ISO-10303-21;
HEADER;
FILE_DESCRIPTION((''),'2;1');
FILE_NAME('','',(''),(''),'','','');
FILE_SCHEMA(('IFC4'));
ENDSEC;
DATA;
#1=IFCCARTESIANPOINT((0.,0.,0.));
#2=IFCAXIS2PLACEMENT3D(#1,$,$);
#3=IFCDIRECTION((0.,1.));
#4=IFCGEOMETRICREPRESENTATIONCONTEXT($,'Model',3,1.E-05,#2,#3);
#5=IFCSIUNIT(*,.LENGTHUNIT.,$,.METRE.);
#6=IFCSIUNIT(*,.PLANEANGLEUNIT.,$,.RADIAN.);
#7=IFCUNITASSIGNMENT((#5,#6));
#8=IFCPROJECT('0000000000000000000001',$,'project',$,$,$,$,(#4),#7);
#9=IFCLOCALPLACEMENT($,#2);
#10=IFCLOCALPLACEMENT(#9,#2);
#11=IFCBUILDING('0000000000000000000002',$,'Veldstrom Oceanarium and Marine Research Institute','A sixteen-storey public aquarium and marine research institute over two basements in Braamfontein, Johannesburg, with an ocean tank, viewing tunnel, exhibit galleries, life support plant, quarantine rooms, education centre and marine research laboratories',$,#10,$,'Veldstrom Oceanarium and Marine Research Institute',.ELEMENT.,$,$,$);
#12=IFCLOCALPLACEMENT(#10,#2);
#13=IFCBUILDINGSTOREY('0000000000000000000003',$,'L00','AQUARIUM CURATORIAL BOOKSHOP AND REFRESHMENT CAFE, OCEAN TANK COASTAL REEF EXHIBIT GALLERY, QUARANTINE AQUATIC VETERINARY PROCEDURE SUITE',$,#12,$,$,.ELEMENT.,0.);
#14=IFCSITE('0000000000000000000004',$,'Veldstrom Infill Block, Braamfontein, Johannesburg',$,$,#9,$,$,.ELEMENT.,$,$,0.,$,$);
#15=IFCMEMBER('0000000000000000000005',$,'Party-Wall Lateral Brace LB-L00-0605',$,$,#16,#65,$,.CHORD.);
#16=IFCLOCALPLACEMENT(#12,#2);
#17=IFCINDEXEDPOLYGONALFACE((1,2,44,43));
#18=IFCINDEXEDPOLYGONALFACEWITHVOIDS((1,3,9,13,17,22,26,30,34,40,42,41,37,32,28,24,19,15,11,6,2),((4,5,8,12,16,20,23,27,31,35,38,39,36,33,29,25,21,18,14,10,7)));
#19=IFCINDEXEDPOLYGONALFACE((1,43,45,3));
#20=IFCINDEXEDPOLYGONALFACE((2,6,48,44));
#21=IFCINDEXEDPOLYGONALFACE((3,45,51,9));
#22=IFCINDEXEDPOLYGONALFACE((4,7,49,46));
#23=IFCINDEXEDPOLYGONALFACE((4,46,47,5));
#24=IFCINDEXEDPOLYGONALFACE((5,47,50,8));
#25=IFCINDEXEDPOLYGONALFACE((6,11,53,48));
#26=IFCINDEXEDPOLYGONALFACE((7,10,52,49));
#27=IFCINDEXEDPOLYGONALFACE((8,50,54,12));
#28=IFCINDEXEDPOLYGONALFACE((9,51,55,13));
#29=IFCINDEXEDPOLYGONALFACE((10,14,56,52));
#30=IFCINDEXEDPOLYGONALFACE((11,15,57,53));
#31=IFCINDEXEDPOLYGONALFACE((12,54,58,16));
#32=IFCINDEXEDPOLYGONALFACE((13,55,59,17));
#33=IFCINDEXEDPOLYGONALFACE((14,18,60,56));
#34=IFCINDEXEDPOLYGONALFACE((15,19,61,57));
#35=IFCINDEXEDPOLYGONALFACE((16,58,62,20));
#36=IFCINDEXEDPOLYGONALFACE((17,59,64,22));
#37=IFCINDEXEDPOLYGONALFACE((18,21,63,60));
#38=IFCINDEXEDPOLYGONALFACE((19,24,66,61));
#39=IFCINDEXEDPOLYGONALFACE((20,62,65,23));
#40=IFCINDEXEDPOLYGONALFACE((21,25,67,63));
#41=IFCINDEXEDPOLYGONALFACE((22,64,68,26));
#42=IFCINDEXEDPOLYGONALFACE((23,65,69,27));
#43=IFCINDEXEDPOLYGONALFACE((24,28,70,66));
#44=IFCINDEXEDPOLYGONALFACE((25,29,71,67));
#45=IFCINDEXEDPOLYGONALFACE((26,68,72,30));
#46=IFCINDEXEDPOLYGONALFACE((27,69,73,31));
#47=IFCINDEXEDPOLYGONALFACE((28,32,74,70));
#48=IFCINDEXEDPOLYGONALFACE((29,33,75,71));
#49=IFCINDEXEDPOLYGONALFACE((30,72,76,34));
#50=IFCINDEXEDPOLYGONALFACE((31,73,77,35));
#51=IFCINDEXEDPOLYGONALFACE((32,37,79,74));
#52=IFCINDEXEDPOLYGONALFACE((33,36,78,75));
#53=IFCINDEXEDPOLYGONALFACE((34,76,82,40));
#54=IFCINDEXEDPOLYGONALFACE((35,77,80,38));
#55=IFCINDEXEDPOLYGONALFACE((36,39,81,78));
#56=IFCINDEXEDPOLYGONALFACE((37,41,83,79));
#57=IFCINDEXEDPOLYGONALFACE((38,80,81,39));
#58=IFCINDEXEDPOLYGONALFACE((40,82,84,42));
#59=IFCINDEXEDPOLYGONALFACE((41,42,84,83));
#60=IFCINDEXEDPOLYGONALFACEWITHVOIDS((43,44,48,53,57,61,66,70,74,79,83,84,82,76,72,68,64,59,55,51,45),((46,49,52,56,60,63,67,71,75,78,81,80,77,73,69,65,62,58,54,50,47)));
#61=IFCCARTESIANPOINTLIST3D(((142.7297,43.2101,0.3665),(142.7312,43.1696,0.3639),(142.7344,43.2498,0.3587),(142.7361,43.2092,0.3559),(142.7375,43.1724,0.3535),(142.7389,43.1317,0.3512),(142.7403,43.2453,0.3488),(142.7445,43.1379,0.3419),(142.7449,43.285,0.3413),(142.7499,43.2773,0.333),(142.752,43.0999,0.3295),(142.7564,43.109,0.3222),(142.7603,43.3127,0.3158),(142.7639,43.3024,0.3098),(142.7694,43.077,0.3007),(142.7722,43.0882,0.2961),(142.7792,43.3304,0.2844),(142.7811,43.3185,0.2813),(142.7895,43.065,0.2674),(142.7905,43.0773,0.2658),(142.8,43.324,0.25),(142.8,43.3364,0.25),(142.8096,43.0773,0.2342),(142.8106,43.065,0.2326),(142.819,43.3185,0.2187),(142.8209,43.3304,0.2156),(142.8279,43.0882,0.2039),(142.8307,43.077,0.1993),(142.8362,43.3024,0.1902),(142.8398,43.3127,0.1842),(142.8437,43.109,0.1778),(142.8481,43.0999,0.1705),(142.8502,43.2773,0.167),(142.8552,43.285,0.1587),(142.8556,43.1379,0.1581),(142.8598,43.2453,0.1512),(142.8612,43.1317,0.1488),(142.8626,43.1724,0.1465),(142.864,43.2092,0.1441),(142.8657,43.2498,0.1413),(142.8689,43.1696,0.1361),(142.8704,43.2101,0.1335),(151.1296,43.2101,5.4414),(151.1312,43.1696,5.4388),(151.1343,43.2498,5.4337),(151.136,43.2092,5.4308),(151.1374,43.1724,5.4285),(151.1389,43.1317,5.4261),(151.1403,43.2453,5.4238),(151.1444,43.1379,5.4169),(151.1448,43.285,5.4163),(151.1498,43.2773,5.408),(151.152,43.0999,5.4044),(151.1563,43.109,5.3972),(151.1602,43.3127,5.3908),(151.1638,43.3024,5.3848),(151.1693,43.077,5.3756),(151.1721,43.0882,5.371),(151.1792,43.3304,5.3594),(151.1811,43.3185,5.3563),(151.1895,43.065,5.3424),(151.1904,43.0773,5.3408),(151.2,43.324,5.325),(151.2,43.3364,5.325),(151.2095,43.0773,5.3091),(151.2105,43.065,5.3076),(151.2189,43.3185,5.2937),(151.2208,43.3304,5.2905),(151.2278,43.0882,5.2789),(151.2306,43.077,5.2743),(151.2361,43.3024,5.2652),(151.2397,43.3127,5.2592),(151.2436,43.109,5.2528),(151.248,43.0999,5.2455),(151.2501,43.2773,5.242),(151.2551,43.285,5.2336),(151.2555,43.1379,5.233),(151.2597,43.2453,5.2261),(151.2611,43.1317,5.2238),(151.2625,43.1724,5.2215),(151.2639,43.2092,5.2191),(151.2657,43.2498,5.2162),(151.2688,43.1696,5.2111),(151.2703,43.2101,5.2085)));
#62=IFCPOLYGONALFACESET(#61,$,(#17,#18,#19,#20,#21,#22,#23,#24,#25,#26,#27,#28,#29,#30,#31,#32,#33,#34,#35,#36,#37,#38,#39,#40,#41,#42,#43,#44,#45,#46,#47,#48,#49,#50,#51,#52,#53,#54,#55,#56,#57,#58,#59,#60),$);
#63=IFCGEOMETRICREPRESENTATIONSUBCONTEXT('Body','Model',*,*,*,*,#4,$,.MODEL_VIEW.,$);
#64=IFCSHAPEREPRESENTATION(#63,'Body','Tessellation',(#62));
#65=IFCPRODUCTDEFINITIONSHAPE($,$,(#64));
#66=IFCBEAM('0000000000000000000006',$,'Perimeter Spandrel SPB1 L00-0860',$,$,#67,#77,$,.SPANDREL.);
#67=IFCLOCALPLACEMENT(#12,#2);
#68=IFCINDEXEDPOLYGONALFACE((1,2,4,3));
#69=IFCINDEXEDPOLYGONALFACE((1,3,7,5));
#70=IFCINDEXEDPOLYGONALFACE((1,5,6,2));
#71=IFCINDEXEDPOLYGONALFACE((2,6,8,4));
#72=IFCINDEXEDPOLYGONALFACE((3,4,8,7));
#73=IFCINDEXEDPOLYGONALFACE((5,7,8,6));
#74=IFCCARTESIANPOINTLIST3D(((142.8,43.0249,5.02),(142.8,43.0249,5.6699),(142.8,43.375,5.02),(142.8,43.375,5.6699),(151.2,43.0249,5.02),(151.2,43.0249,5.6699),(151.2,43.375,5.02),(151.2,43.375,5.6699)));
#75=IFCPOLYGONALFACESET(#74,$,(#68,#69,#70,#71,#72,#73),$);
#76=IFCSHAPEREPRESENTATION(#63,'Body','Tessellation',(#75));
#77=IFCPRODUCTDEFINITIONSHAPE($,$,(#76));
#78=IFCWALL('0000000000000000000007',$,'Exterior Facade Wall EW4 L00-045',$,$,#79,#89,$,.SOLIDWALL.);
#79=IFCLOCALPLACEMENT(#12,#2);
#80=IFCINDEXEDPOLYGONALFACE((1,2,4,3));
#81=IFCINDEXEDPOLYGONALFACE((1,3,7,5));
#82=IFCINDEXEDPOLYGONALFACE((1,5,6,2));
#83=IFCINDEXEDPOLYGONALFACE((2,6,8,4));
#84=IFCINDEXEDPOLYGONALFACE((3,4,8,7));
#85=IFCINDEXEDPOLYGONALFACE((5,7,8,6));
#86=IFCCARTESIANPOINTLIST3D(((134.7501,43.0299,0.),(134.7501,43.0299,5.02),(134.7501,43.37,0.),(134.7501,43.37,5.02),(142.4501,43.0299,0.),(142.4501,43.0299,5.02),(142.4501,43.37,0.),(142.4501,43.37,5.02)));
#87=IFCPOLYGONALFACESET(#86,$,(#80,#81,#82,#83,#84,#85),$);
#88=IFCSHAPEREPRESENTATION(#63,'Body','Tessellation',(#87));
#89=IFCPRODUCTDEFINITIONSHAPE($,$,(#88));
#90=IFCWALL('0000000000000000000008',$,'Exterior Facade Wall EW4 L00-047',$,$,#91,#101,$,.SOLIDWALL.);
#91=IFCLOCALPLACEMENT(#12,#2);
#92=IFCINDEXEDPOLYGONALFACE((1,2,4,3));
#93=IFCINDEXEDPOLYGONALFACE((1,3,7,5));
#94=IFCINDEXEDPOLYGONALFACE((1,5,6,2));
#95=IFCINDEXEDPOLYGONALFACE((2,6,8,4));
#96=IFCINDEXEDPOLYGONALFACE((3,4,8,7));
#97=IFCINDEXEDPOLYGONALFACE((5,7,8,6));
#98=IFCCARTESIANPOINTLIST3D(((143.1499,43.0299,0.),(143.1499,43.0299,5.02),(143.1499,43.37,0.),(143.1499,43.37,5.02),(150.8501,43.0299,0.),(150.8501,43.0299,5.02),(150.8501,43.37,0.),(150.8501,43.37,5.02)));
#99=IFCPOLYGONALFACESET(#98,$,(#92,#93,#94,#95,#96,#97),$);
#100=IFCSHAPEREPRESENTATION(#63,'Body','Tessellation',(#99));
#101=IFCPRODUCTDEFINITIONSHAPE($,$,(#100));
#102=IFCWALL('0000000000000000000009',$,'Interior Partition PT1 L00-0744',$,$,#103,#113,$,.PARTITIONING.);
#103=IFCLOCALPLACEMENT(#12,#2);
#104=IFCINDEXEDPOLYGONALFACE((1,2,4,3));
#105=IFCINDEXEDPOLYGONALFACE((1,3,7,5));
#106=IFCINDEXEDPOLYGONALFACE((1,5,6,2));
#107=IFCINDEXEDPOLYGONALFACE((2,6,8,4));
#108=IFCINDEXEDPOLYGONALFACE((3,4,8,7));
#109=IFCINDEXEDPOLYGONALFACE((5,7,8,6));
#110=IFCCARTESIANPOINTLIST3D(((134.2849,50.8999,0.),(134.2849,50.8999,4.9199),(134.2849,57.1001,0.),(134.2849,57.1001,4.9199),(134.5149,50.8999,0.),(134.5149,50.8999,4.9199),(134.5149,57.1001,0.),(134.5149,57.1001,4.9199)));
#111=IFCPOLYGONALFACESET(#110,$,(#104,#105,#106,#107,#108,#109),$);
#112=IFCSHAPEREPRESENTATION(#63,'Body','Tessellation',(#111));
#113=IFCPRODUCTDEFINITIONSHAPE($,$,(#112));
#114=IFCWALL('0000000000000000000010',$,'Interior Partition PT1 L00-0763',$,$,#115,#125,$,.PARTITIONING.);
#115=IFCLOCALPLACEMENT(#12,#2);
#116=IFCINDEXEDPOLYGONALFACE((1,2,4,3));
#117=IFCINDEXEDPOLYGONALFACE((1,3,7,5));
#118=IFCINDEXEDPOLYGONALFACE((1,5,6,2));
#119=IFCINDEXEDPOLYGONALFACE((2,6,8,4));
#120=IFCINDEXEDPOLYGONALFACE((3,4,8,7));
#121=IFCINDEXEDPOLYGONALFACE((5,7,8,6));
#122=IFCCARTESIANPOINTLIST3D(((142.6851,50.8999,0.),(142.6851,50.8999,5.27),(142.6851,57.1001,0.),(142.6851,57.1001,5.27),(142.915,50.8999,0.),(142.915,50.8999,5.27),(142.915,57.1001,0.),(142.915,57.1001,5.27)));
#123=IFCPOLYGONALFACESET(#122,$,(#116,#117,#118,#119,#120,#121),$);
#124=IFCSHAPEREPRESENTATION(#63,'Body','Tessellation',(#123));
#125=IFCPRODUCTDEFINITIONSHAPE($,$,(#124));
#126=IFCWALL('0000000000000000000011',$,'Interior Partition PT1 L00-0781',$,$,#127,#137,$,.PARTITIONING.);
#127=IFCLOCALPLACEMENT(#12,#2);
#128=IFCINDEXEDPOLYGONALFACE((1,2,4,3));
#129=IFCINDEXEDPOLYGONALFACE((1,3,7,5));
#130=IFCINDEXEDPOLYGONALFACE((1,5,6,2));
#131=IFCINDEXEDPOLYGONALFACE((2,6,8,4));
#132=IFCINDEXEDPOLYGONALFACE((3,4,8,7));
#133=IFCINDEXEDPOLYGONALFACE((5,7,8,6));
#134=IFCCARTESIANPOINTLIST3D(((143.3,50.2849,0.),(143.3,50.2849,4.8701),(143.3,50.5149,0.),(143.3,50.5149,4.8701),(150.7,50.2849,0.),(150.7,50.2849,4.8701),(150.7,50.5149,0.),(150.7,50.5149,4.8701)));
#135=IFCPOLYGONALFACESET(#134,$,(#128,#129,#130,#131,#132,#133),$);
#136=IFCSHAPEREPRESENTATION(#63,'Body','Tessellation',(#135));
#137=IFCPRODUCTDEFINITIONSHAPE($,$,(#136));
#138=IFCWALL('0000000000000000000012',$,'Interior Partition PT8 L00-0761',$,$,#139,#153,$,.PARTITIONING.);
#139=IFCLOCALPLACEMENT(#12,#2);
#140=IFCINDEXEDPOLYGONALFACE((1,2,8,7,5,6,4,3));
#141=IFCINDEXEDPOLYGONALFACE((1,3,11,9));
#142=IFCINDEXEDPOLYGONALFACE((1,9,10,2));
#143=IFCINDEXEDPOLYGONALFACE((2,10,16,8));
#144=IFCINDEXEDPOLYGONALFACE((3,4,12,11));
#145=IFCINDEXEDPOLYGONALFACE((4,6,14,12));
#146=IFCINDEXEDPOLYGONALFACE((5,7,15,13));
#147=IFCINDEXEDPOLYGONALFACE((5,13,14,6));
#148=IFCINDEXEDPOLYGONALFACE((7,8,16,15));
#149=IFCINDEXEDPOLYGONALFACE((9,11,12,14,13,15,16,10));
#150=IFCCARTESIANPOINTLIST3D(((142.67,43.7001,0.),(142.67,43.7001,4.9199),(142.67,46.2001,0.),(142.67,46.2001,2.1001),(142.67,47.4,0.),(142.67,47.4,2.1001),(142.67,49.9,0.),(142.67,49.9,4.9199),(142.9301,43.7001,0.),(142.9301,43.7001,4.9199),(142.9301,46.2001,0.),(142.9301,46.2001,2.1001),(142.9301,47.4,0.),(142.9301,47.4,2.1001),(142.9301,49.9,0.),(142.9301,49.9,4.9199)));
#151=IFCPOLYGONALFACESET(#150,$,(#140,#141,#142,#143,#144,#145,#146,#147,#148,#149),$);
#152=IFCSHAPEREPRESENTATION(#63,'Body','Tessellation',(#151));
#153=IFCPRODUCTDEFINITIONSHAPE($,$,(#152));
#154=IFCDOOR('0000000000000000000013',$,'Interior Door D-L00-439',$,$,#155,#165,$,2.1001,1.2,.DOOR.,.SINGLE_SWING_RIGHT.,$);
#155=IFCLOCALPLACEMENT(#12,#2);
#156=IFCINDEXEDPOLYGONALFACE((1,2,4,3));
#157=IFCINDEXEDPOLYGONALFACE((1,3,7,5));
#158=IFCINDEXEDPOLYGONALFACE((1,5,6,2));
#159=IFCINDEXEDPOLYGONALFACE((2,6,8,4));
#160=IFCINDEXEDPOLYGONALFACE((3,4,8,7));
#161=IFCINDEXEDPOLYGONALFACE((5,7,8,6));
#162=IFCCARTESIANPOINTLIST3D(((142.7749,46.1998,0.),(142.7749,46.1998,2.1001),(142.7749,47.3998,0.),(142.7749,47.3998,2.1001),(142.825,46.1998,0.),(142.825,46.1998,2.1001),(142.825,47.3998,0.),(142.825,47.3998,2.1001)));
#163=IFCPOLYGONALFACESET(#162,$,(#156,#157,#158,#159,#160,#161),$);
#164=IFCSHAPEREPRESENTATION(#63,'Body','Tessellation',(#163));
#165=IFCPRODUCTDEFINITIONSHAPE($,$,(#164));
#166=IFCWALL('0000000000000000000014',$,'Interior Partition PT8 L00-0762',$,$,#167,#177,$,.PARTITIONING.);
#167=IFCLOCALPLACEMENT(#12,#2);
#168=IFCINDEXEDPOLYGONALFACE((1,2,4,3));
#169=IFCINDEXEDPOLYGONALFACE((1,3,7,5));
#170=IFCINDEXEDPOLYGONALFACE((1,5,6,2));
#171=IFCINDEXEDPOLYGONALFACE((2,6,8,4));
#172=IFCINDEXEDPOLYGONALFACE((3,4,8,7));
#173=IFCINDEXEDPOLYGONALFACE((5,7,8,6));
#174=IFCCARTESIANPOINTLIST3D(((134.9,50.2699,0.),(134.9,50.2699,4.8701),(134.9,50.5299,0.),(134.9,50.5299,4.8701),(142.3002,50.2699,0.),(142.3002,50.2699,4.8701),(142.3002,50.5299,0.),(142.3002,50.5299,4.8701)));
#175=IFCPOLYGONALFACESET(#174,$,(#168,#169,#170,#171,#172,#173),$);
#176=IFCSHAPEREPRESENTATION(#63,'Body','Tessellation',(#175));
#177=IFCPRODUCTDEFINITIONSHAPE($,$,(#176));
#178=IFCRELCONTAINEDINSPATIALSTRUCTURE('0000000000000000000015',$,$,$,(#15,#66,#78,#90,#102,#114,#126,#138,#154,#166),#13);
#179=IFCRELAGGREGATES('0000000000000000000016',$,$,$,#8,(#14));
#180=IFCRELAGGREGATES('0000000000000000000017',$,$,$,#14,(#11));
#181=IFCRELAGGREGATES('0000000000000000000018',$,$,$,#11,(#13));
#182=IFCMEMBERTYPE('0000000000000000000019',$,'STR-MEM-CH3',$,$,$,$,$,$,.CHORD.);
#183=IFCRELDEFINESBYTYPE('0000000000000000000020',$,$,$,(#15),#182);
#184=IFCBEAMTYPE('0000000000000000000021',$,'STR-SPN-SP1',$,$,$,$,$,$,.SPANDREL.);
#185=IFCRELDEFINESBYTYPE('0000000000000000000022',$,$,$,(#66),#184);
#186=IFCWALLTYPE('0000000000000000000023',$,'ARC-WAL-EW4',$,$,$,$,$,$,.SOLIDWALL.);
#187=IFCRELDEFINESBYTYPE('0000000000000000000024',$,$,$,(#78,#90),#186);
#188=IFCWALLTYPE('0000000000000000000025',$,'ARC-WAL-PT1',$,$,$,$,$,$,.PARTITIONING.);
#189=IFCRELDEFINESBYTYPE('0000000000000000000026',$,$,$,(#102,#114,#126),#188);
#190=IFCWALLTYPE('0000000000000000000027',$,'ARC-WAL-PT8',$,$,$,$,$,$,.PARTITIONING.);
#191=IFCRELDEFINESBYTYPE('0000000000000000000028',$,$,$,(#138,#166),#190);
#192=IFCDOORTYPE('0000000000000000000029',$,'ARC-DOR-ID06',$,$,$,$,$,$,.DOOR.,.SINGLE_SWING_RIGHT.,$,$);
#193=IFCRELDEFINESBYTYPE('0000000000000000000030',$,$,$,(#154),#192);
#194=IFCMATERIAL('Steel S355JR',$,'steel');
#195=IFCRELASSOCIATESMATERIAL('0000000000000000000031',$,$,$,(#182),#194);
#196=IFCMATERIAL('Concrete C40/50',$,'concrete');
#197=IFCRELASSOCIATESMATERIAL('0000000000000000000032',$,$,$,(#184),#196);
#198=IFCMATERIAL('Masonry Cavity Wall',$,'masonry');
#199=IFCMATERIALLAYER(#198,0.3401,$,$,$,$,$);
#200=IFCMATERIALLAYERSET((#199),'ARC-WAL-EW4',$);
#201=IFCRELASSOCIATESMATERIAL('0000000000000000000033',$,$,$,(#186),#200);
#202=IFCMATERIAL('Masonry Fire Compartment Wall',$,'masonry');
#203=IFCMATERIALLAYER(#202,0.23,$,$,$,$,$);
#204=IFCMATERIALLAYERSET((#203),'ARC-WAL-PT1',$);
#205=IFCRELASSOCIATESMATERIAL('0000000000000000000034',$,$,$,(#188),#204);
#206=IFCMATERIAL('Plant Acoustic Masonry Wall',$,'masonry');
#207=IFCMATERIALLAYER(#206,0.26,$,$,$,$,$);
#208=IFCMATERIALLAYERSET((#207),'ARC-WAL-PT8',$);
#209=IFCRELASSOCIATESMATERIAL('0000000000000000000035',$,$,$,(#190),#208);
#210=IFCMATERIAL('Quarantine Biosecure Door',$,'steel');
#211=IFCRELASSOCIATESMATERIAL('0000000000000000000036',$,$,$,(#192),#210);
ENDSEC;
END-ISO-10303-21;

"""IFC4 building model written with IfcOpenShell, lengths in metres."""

from ifc_helpers import new_model, si_unit, direction, frame, frame_2d, origin, origin_2d, place, context, subcontext, project, spatial, rectangle, hollow_circle, extrude, material, layer, layer_set, material_profile, profile_set, type_object, element, fill, save


model = new_model("IFC4")

# Units and contexts
model_context = context("Model", 3, precision=1e-05, world=origin(), true_north=direction((0.0, 1.0)))
body_context = subcontext(model_context, "Body", "Model", "MODEL_VIEW")
ifc_project = project(units=[si_unit("LENGTHUNIT", "METRE"), si_unit("PLANEANGLEUNIT", "RADIAN")], contexts=[model_context])

# Site, building, storey
site_placement = place(None, origin())
site = spatial("IfcSite", under=ifc_project, at=site_placement, Name="Veldstrom Infill Block, Braamfontein, Johannesburg", CompositionType="ELEMENT", RefElevation=0.0)
building_placement = place(site_placement, origin())
building = spatial("IfcBuilding", under=site, at=building_placement, Name="Veldstrom Oceanarium and Marine Research Institute", Description="A sixteen-storey public aquarium and marine research institute over two basements in Braamfontein, Johannesburg, with an ocean tank, viewing tunnel, exhibit galleries, life support plant, quarantine rooms, education centre and marine research laboratories", LongName="Veldstrom Oceanarium and Marine Research Institute", CompositionType="ELEMENT")
storey_placement = place(building_placement, origin())
storey = spatial("IfcBuildingStorey", under=building, at=storey_placement, Name="L00", Description="AQUARIUM CURATORIAL BOOKSHOP AND REFRESHMENT CAFE, OCEAN TANK COASTAL REEF EXHIBIT GALLERY, QUARANTINE AQUATIC VETERINARY PROCEDURE SUITE", CompositionType="ELEMENT", Elevation=0.0)

# Member
ifc_material_1 = material(Name="Steel S355JR", Category="steel")
ifc_material_profile_1 = material_profile(ifc_material_1, hollow_circle(Radius=0.1365, WallThickness=0.0125, at=origin_2d()), Name="CHS 273x12.5")
ifc_profile_set_1 = profile_set([ifc_material_profile_1], Name="Steel S355JR")
member_type = type_object("IfcMemberType", Name="STR-MEM-CH3", PredefinedType="CHORD", material=ifc_profile_set_1)
member_placement = place(storey_placement, frame((142.8, 43.2, 0.25), z_axis=(0.855915, 0.0, 0.517116), x_axis=(0.0, 1.0, 0.0)))
element("IfcMember", 1, at=member_placement, inside=storey, type_object=member_type, Name="Party-Wall Lateral Brace LB-L00-0605", PredefinedType="CHORD", context=body_context, shape_type="SweptSolid", body=[
    extrude(hollow_circle(Radius=0.1365, WallThickness=0.0125, at=origin_2d()), origin(), (0.0, 0.0, 1.0), 9.814),
])

# Beam
ifc_material_2 = material(Name="Concrete C40/50", Category="concrete")
ifc_material_profile_2 = material_profile(ifc_material_2, rectangle(XDim=0.3501, YDim=0.6499, at=origin_2d()), Name="RC-SPN-350x650")
ifc_profile_set_2 = profile_set([ifc_material_profile_2], Name="Concrete C40/50")
beam_type_1 = type_object("IfcBeamType", Name="STR-SPN-SP1", PredefinedType="SPANDREL", material=ifc_profile_set_2)
beam_1_placement = place(storey_placement, frame((142.8, 43.2, 5.345), z_axis=(1.0, 0.0, 0.0), x_axis=(0.0, 1.0, 0.0)))
element("IfcBeam", 2, at=beam_1_placement, inside=storey, type_object=beam_type_1, Name="Perimeter Spandrel SPB1 L00-0860", PredefinedType="SPANDREL", context=body_context, shape_type="SweptSolid", body=[
    extrude(rectangle(XDim=0.3501, YDim=0.6499, at=origin_2d()), origin(), (0.0, 0.0, 1.0), 8.3999),
])

# Walls
ifc_material_3 = material(Name="Masonry Cavity Wall", Category="masonry")
ifc_layer_1 = layer(ifc_material_3, 0.3401)
ifc_layer_set_1 = layer_set([ifc_layer_1], Name="ARC-WAL-EW4")
wall_type_1 = type_object("IfcWallType", Name="ARC-WAL-EW4", PredefinedType="SOLIDWALL", material=ifc_layer_set_1)
wall_1_placement = place(storey_placement, frame((134.75, 43.2, 0.0), z_axis=(0.0, 0.0, 1.0), x_axis=(1.0, 0.0, 0.0)))
element("IfcWall", 3, at=wall_1_placement, inside=storey, type_object=wall_type_1, Name="Exterior Facade Wall EW4 L00-045", PredefinedType="SOLIDWALL", context=body_context, shape_type="SweptSolid", body=[
    extrude(rectangle(XDim=7.7, YDim=0.3401, at=frame_2d((3.8501, 0.0))), origin(), (0.0, 0.0, 1.0), 5.02),
])
wall_2_placement = place(storey_placement, frame((143.1499, 43.2, 0.0), z_axis=(0.0, 0.0, 1.0), x_axis=(1.0, 0.0, 0.0)))
element("IfcWall", 4, at=wall_2_placement, inside=storey, type_object=wall_type_1, Name="Exterior Facade Wall EW4 L00-047", PredefinedType="SOLIDWALL", context=body_context, shape_type="SweptSolid", body=[
    extrude(rectangle(XDim=7.7002, YDim=0.3401, at=frame_2d((3.8501, 0.0))), origin(), (0.0, 0.0, 1.0), 5.02),
])
ifc_material_4 = material(Name="Masonry Fire Compartment Wall", Category="masonry")
ifc_layer_2 = layer(ifc_material_4, 0.23)
ifc_layer_set_2 = layer_set([ifc_layer_2], Name="ARC-WAL-PT1")
wall_type_2 = type_object("IfcWallType", Name="ARC-WAL-PT1", PredefinedType="PARTITIONING", material=ifc_layer_set_2)
wall_3_placement = place(storey_placement, frame((134.3999, 50.8999, 0.0), z_axis=(0.0, 0.0, 1.0), x_axis=(0.0, 1.0, 0.0)))
element("IfcWall", 5, at=wall_3_placement, inside=storey, type_object=wall_type_2, Name="Interior Partition PT1 L00-0744", PredefinedType="PARTITIONING", context=body_context, shape_type="SweptSolid", body=[
    extrude(rectangle(XDim=6.2002, YDim=0.23, at=frame_2d((3.1001, 0.0))), origin(), (0.0, 0.0, 1.0), 4.9199),
])
wall_4_placement = place(storey_placement, frame((142.8, 50.8999, 0.0), z_axis=(0.0, 0.0, 1.0), x_axis=(0.0, 1.0, 0.0)))
element("IfcWall", 6, at=wall_4_placement, inside=storey, type_object=wall_type_2, Name="Interior Partition PT1 L00-0763", PredefinedType="PARTITIONING", context=body_context, shape_type="SweptSolid", body=[
    extrude(rectangle(XDim=6.2002, YDim=0.23, at=frame_2d((3.1001, 0.0))), origin(), (0.0, 0.0, 1.0), 5.27),
])
wall_5_placement = place(storey_placement, frame((143.3, 50.3999, 0.0), z_axis=(0.0, 0.0, 1.0), x_axis=(1.0, 0.0, 0.0)))
element("IfcWall", 7, at=wall_5_placement, inside=storey, type_object=wall_type_2, Name="Interior Partition PT1 L00-0781", PredefinedType="PARTITIONING", context=body_context, shape_type="SweptSolid", body=[
    extrude(rectangle(XDim=7.3999, YDim=0.23, at=frame_2d((3.7, 0.0))), origin(), (0.0, 0.0, 1.0), 4.8701),
])

# Wall, opening, door
ifc_material_5 = material(Name="Plant Acoustic Masonry Wall", Category="masonry")
ifc_layer_3 = layer(ifc_material_5, 0.26)
ifc_layer_set_3 = layer_set([ifc_layer_3], Name="ARC-WAL-PT8")
wall_type_3 = type_object("IfcWallType", Name="ARC-WAL-PT8", PredefinedType="PARTITIONING", material=ifc_layer_set_3)
wall_6_placement = place(storey_placement, frame((142.8, 43.7, 0.0), z_axis=(0.0, 0.0, 1.0), x_axis=(0.0, 1.0, 0.0)))
wall_6 = element("IfcWall", 8, at=wall_6_placement, inside=storey, type_object=wall_type_3, Name="Interior Partition PT8 L00-0761", PredefinedType="PARTITIONING", context=body_context, shape_type="SweptSolid", body=[
    extrude(rectangle(XDim=6.2, YDim=0.26, at=frame_2d((3.1001, 0.0))), origin(), (0.0, 0.0, 1.0), 4.9199),
])
opening_placement = place(wall_6_placement, frame((2.5, 0.0, 0.0)))
opening = element("IfcOpeningElement", 9, at=opening_placement, cuts=wall_6, PredefinedType="OPENING", context=body_context, shape_type="SweptSolid", body=[
    extrude(rectangle(XDim=1.2, YDim=2.1001, at=frame_2d((0.6001, 1.05))), frame((0.0, 0.1399, 0.0), z_axis=(0.0, -1.0, 0.0), x_axis=(1.0, 0.0, 0.0)), (0.0, 0.0, 1.0), 0.28),
])
ifc_material_6 = material(Name="Quarantine Biosecure Door", Category="steel")
door_type = type_object("IfcDoorType", Name="ARC-DOR-ID06", OperationType="SINGLE_SWING_RIGHT", PredefinedType="DOOR", material=ifc_material_6)
door_placement = place(opening_placement, frame((1.2, 0.0, 0.0), z_axis=(0.0, 0.0, 1.0), x_axis=(-1.0, 0.0, 0.0)))
door = element("IfcDoor", 10, at=door_placement, inside=storey, type_object=door_type, Name="Interior Door D-L00-439", OperationType="SINGLE_SWING_RIGHT", OverallHeight=2.1001, OverallWidth=1.2, PredefinedType="DOOR", context=body_context, shape_type="SweptSolid", body=[
    extrude(rectangle(XDim=1.2, YDim=2.1001, at=frame_2d((0.6001, 1.05))), frame((0.0, 0.0249, 0.0), z_axis=(0.0, -1.0, 0.0), x_axis=(1.0, 0.0, 0.0)), (0.0, 0.0, 1.0), 0.05),
])
fill(opening, door)

# Wall
wall_7_placement = place(storey_placement, frame((134.8999, 50.3999, 0.0), z_axis=(0.0, 0.0, 1.0), x_axis=(1.0, 0.0, 0.0)))
element("IfcWall", 11, at=wall_7_placement, inside=storey, type_object=wall_type_3, Name="Interior Partition PT8 L00-0762", PredefinedType="PARTITIONING", context=body_context, shape_type="SweptSolid", body=[
    extrude(rectangle(XDim=7.4001, YDim=0.26, at=frame_2d((3.7002, 0.0))), origin(), (0.0, 0.0, 1.0), 4.8701),
])

save(model, "model.ifc")
